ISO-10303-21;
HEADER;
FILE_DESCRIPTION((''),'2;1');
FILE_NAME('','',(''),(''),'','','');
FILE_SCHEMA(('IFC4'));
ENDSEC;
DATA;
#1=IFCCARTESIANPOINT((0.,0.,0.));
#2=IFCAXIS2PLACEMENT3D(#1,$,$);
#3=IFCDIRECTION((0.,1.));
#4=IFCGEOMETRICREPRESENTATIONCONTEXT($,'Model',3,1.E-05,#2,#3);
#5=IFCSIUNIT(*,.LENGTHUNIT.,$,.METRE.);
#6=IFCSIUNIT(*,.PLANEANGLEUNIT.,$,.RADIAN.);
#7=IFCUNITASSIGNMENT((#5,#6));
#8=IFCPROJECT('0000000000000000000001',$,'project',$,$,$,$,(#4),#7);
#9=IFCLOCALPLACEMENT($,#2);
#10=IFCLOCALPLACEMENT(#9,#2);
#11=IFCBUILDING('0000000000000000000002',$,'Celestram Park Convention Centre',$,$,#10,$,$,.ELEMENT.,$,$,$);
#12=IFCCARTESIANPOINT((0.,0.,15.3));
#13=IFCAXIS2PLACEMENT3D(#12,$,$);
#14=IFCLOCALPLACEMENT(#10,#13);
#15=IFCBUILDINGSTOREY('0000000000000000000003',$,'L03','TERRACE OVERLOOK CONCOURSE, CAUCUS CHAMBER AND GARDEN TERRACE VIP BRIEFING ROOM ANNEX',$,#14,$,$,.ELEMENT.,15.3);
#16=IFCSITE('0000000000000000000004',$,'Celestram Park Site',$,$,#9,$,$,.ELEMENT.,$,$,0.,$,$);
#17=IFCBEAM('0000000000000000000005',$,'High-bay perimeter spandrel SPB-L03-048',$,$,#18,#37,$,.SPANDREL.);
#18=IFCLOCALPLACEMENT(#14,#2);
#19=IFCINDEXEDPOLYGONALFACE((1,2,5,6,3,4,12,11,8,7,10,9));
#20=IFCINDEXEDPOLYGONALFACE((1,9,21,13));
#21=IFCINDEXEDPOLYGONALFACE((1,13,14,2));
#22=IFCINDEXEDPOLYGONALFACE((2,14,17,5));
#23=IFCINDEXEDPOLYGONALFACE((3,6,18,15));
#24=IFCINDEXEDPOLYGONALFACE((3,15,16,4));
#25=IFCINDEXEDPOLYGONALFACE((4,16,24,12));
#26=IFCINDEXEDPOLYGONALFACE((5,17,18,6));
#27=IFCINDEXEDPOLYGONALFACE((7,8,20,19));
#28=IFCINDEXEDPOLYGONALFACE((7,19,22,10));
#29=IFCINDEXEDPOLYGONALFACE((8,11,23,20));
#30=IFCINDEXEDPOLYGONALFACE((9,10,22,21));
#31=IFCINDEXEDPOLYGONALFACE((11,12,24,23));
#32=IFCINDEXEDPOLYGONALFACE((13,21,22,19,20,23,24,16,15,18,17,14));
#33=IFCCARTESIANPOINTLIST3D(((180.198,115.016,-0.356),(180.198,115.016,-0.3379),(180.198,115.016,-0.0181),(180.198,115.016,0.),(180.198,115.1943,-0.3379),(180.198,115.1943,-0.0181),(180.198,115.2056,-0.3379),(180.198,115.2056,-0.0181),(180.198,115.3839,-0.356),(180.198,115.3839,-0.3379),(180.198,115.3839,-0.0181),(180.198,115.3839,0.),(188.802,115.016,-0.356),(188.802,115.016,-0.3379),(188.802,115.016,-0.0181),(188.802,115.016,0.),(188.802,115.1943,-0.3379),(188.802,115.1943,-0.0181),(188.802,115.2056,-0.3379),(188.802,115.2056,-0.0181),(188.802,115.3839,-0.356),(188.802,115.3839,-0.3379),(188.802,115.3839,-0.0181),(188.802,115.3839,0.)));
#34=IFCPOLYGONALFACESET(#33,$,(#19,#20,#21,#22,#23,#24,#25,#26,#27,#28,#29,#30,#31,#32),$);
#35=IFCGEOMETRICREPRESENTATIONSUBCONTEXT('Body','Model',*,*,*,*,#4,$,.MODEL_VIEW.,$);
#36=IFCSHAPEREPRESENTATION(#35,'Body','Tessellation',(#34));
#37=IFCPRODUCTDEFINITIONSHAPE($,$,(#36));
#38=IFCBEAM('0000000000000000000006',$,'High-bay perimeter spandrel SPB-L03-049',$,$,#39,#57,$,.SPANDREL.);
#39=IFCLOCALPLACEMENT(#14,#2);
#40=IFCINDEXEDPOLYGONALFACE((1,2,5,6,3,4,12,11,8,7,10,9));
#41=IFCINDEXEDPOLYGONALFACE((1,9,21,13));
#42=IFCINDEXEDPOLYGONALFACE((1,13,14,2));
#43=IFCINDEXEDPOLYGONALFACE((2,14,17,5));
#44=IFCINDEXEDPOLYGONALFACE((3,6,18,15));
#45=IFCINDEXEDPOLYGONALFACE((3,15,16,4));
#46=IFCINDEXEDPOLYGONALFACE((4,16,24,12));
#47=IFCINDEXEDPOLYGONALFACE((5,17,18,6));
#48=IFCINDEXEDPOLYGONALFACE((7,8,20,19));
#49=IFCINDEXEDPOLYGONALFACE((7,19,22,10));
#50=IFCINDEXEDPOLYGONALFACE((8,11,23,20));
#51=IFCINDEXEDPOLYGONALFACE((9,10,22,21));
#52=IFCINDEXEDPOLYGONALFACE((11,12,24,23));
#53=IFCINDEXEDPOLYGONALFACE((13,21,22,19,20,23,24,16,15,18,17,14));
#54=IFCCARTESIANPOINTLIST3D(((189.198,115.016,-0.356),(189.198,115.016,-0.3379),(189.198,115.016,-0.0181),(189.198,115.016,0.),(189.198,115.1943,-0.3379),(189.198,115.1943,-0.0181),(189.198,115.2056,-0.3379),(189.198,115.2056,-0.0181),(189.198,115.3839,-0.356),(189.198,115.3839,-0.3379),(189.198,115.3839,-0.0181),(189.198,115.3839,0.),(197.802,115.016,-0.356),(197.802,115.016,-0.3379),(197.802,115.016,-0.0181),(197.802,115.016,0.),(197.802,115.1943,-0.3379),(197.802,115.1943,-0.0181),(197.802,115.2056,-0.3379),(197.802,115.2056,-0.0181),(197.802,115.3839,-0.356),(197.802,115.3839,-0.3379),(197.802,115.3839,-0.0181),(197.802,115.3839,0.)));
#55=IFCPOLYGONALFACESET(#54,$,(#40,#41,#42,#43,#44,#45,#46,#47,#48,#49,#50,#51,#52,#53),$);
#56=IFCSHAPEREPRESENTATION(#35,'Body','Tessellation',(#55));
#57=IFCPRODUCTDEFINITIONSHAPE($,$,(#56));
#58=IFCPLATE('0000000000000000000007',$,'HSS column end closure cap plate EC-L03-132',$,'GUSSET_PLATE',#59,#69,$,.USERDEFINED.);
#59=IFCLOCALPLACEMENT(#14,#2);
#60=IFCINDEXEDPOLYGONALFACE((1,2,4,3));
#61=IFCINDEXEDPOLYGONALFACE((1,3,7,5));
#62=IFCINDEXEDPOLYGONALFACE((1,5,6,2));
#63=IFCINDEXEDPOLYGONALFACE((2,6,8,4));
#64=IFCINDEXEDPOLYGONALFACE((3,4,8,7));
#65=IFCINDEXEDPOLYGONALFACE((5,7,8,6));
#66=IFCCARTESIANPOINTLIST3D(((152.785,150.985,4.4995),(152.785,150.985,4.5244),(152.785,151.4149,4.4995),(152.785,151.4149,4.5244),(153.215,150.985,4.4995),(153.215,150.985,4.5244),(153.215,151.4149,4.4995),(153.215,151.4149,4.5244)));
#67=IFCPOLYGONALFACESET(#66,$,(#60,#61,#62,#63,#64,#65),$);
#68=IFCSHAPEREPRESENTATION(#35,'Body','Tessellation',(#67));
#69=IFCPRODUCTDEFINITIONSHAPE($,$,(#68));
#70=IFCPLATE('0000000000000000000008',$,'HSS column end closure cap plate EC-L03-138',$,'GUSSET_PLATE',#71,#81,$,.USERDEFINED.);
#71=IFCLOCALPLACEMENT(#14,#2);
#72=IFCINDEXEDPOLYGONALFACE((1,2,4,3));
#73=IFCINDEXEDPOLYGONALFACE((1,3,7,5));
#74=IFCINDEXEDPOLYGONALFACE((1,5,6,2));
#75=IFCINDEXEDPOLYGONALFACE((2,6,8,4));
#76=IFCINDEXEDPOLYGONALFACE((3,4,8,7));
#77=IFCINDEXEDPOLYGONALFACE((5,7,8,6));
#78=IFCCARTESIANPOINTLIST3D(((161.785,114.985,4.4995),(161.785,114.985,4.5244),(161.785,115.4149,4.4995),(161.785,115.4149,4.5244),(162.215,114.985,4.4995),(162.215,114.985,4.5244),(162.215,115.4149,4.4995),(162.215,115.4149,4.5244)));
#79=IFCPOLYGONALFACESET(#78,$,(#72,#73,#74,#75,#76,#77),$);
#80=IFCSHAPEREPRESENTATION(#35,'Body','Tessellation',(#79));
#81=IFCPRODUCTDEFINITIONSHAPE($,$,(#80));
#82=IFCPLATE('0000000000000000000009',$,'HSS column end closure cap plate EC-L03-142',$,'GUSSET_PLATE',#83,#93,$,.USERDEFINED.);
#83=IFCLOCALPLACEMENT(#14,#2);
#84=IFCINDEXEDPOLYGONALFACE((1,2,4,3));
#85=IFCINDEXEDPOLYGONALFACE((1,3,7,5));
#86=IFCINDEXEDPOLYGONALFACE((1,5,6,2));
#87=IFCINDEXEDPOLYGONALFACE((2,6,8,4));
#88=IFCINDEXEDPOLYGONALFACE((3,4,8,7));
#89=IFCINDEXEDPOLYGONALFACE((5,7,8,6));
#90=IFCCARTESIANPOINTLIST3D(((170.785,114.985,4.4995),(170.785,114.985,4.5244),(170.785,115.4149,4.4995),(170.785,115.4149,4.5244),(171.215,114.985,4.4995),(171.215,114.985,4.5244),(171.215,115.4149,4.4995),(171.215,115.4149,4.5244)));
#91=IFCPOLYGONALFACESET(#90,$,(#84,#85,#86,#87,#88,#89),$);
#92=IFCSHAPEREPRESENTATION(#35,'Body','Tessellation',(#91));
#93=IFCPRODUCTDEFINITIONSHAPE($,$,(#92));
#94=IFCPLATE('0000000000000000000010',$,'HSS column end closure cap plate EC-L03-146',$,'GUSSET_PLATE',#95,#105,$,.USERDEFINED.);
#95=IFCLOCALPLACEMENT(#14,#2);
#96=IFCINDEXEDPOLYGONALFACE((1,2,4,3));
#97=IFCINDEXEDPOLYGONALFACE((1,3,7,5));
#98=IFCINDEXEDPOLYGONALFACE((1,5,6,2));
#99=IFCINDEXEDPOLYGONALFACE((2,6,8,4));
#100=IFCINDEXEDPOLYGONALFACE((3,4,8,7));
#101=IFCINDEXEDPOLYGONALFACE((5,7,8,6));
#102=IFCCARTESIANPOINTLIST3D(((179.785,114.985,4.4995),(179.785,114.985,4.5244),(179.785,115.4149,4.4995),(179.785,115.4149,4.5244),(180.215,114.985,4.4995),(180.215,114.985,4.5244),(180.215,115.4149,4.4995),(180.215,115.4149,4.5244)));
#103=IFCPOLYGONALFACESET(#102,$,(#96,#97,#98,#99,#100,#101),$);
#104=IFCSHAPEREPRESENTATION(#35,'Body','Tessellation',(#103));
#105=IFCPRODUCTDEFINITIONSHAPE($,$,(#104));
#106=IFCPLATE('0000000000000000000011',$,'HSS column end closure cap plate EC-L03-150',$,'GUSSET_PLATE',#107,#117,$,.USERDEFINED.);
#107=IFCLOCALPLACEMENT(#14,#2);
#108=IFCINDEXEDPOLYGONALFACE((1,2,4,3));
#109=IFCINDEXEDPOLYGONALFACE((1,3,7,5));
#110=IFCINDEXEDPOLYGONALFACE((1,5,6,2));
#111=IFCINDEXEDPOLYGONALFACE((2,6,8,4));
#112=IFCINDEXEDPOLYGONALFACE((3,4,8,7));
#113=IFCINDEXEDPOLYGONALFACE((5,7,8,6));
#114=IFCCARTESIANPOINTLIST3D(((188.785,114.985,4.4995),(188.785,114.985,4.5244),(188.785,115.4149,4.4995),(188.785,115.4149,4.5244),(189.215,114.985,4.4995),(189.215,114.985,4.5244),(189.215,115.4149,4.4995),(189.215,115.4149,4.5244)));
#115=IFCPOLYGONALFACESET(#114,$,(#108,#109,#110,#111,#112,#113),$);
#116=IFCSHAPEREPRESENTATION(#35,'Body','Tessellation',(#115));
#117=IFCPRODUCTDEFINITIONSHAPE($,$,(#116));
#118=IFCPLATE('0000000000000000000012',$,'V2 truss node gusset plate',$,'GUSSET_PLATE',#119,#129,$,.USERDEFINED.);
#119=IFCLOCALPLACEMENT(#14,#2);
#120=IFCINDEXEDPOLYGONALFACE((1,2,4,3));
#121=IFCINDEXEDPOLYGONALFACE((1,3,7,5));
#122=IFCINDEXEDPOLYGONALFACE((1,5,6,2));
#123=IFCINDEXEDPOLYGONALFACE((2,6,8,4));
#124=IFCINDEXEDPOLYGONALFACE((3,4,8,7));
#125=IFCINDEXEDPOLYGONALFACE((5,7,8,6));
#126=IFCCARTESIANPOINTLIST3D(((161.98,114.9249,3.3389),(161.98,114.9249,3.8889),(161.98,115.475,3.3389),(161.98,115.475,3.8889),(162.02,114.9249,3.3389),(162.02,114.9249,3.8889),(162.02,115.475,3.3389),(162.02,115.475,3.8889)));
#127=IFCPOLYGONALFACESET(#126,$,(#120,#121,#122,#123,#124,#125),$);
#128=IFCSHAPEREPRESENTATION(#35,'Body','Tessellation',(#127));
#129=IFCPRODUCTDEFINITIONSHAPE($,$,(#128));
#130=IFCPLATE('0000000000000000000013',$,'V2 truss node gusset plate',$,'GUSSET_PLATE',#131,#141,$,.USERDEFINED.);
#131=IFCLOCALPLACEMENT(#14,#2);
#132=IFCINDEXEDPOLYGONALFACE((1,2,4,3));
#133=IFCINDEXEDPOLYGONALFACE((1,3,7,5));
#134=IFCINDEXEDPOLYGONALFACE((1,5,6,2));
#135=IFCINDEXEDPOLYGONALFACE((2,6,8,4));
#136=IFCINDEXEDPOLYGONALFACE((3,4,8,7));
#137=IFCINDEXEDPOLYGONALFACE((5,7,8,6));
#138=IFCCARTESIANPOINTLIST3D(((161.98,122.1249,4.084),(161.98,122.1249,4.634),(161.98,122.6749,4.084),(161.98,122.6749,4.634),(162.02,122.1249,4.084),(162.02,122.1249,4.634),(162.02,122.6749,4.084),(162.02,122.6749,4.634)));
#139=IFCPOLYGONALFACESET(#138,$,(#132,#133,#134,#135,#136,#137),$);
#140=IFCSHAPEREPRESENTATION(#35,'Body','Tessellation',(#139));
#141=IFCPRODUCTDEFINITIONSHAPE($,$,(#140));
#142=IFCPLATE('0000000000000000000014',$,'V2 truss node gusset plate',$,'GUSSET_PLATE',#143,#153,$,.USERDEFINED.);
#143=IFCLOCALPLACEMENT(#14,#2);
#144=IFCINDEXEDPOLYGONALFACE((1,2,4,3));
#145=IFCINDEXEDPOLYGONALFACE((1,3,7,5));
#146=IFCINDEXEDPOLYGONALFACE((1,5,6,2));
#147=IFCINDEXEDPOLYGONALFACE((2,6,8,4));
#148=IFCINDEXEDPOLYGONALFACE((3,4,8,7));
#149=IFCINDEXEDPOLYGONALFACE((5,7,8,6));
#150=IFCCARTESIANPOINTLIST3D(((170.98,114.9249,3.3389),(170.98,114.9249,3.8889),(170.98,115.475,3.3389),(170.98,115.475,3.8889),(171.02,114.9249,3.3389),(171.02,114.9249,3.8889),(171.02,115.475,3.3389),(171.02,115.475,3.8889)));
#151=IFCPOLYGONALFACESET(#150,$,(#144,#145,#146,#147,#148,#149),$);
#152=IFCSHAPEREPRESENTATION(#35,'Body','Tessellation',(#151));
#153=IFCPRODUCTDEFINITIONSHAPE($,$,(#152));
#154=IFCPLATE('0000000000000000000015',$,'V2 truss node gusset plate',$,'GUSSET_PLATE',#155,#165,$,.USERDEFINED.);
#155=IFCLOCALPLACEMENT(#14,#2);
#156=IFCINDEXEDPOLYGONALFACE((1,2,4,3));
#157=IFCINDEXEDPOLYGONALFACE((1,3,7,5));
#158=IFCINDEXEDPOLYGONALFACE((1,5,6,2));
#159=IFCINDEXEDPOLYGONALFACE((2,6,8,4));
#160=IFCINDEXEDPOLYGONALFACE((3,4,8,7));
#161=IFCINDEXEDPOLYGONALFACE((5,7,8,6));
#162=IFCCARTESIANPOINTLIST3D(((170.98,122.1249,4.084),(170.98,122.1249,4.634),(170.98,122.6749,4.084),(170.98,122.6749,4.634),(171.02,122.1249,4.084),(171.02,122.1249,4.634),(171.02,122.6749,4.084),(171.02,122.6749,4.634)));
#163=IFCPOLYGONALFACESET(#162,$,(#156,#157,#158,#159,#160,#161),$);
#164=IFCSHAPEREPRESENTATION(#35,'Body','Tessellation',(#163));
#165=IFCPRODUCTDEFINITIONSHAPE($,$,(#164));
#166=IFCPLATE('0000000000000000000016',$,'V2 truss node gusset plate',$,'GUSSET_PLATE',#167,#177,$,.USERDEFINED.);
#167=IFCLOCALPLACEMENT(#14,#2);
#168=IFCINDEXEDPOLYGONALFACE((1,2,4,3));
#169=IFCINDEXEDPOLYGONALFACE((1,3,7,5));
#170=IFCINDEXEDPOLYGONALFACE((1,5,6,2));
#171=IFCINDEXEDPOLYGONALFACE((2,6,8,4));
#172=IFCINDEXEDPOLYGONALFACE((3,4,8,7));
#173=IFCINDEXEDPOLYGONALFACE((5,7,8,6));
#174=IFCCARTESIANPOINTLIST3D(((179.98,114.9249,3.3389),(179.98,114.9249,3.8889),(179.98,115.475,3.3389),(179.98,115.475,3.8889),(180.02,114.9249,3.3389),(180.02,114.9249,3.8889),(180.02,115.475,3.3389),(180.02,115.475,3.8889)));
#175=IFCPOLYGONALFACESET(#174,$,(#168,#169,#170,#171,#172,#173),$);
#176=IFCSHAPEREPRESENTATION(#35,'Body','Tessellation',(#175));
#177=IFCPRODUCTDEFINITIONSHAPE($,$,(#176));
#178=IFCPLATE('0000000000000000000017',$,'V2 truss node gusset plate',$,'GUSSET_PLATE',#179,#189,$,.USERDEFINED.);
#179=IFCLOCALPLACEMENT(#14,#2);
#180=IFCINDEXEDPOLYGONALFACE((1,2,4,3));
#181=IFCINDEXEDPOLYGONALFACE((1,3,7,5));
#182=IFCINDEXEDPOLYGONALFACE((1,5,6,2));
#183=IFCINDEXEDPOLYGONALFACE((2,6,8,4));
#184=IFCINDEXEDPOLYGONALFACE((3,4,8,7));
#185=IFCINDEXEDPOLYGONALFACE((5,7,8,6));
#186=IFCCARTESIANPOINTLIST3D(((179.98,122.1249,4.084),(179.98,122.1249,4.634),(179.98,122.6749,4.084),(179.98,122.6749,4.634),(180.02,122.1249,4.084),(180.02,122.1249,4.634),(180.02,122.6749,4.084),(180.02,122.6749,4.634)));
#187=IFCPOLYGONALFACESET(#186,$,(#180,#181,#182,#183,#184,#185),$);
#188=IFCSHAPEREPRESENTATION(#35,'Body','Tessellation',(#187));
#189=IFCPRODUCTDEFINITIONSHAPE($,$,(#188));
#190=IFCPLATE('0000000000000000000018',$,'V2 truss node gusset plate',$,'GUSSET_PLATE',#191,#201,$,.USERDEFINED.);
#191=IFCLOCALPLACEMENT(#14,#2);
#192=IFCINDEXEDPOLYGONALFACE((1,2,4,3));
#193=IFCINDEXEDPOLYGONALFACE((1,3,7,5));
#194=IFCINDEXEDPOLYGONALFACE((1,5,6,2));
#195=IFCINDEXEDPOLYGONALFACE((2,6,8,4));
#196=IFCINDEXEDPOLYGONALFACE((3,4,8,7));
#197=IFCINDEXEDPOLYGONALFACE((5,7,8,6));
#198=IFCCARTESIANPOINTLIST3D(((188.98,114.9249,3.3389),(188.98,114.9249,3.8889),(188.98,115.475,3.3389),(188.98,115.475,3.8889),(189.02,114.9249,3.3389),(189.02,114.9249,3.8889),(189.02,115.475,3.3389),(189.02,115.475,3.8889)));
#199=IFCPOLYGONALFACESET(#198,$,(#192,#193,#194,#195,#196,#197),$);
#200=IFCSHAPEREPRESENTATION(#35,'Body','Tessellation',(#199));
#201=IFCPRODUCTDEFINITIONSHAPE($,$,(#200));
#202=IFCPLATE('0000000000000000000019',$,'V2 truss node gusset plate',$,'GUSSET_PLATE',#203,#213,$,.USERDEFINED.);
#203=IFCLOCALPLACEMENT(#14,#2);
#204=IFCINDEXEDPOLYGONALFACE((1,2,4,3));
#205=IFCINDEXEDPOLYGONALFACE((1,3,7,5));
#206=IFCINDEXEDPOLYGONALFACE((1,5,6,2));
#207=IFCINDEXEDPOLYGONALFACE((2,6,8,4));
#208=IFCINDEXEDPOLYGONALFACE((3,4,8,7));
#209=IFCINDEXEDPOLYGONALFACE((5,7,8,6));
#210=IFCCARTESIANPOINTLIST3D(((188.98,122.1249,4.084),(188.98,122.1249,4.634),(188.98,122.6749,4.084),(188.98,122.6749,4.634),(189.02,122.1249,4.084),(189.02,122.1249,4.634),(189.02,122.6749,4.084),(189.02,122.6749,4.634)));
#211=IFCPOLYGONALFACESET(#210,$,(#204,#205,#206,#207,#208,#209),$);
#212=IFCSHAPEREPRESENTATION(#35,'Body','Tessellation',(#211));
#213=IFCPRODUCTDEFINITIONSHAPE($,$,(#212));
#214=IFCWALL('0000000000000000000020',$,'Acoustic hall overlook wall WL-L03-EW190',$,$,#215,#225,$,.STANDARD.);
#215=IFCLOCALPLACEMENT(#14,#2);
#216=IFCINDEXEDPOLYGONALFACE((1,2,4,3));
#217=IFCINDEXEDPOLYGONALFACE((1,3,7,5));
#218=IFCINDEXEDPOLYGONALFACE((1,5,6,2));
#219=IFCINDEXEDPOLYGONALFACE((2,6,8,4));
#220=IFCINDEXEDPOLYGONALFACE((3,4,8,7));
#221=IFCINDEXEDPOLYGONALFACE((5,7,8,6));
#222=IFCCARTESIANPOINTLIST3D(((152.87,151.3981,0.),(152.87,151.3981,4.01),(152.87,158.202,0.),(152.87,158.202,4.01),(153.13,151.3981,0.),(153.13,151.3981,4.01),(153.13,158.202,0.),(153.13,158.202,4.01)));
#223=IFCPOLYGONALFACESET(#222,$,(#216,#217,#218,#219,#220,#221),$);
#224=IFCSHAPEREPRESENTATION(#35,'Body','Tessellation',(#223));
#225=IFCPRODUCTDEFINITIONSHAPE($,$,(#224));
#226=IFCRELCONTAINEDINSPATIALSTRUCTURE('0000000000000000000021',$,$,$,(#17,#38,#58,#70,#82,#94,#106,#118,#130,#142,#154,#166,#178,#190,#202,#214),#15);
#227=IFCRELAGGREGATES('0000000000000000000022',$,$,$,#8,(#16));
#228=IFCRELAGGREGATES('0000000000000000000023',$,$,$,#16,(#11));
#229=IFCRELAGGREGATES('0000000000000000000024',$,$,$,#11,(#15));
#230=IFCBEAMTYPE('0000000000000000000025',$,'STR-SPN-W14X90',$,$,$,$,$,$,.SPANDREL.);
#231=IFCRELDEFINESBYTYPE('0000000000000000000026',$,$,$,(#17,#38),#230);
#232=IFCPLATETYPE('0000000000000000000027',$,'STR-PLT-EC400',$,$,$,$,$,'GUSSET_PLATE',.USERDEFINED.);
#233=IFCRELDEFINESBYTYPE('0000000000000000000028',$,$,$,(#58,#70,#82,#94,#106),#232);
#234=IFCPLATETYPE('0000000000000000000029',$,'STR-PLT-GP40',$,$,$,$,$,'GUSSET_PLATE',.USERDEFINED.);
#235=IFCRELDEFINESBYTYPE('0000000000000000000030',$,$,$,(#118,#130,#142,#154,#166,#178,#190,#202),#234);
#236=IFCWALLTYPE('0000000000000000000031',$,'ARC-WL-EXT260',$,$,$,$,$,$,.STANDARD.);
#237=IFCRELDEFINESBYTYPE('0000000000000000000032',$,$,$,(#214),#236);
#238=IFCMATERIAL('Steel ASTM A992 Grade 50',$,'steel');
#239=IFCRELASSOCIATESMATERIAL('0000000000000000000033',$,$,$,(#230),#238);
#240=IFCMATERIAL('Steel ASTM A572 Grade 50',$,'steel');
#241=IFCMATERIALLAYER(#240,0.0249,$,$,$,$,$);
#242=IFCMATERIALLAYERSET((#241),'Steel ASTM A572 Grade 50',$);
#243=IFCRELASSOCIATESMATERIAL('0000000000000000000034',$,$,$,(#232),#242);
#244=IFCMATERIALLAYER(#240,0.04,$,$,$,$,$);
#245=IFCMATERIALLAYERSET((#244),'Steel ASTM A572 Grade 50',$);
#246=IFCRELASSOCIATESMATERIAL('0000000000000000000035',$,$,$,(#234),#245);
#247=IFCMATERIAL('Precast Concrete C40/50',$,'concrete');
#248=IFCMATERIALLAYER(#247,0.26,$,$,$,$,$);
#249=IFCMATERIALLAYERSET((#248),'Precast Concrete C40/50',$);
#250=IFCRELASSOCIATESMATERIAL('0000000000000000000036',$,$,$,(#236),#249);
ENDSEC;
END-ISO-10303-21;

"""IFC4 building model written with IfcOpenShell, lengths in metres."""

from ifc_helpers import new_model, si_unit, direction, frame, frame_2d, origin, origin_2d, place, context, subcontext, project, spatial, rectangle, i_section, extrude, material, layer, layer_set, material_profile, profile_set, type_object, element, save


model = new_model("IFC4")

# Units and contexts
model_context = context("Model", 3, precision=1e-05, world=origin(), true_north=direction((0.0, 1.0)))
body_context = subcontext(model_context, "Body", "Model", "MODEL_VIEW")
ifc_project = project(units=[si_unit("LENGTHUNIT", "METRE"), si_unit("PLANEANGLEUNIT", "RADIAN")], contexts=[model_context])

# Site, building, storey
site_placement = place(None, origin())
site = spatial("IfcSite", under=ifc_project, at=site_placement, Name="Celestram Park Site", CompositionType="ELEMENT", RefElevation=0.0)
building_placement = place(site_placement, origin())
building = spatial("IfcBuilding", under=site, at=building_placement, Name="Celestram Park Convention Centre", CompositionType="ELEMENT")
storey_placement = place(building_placement, frame((0.0, 0.0, 15.3)))
storey = spatial("IfcBuildingStorey", under=building, at=storey_placement, Name="L03", Description="TERRACE OVERLOOK CONCOURSE, CAUCUS CHAMBER AND GARDEN TERRACE VIP BRIEFING ROOM ANNEX", CompositionType="ELEMENT", Elevation=15.3)

# Shared definitions
ifc_material_1 = material(Name="Steel ASTM A992 Grade 50", Category="steel")

# Beams
ifc_material_profile_1 = material_profile(ifc_material_1, i_section(OverallWidth=0.3679, OverallDepth=0.356, WebThickness=0.0112, FlangeThickness=0.0181, at=origin_2d()), Name="W14X90")
ifc_profile_set_1 = profile_set([ifc_material_profile_1], Name="Steel ASTM A992 Grade 50")
beam_type_1 = type_object("IfcBeamType", Name="STR-SPN-W14X90", PredefinedType="SPANDREL", material=ifc_profile_set_1)
for number, where, z_axis, x_axis, name in (
    (1, (180.198, 115.2, -0.178), (1.0, 0.0, 0.0), (0.0, 1.0, 0.0), "High-bay perimeter spandrel SPB-L03-048"),
    (2, (189.198, 115.2, -0.178), (1.0, 0.0, 0.0), (0.0, 1.0, 0.0), "High-bay perimeter spandrel SPB-L03-049"),
):
    element("IfcBeam", number, at=place(storey_placement, frame(where, z_axis=z_axis, x_axis=x_axis)), inside=storey, type_object=beam_type_1, Name=name, PredefinedType="SPANDREL", context=body_context, shape_type="SweptSolid", body=[
        extrude(i_section(OverallWidth=0.3679, OverallDepth=0.356, WebThickness=0.0112, FlangeThickness=0.0181, at=origin_2d()), origin(), (0.0, 0.0, 1.0), 8.604),
    ])

# Plates
ifc_material_2 = material(Name="Steel ASTM A572 Grade 50", Category="steel")
ifc_layer_1 = layer(ifc_material_2, 0.0249)
ifc_layer_set_1 = layer_set([ifc_layer_1], Name="Steel ASTM A572 Grade 50")
plate_type_1 = type_object("IfcPlateType", Name="STR-PLT-EC400", ElementType="GUSSET_PLATE", PredefinedType="USERDEFINED", material=ifc_layer_set_1)
for number, where, z_axis, x_axis, name in (
    (3, (153.0, 151.2, 4.4995), (0.0, 0.0, 1.0), (1.0, 0.0, 0.0), "HSS column end closure cap plate EC-L03-132"),
    (4, (162.0, 115.2, 4.4995), (0.0, 0.0, 1.0), (1.0, 0.0, 0.0), "HSS column end closure cap plate EC-L03-138"),
    (5, (171.0, 115.2, 4.4995), (0.0, 0.0, 1.0), (1.0, 0.0, 0.0), "HSS column end closure cap plate EC-L03-142"),
    (6, (180.0, 115.2, 4.4995), (0.0, 0.0, 1.0), (1.0, 0.0, 0.0), "HSS column end closure cap plate EC-L03-146"),
    (7, (189.0, 115.2, 4.4995), (0.0, 0.0, 1.0), (1.0, 0.0, 0.0), "HSS column end closure cap plate EC-L03-150"),
):
    element("IfcPlate", number, at=place(storey_placement, frame(where, z_axis=z_axis, x_axis=x_axis)), inside=storey, type_object=plate_type_1, Name=name, ObjectType="GUSSET_PLATE", PredefinedType="USERDEFINED", context=body_context, shape_type="SweptSolid", body=[
        extrude(rectangle(XDim=0.4299, YDim=0.4299, at=origin_2d()), origin(), (0.0, 0.0, 1.0), 0.0249),
    ])
ifc_layer_2 = layer(ifc_material_2, 0.04)
ifc_layer_set_2 = layer_set([ifc_layer_2], Name="Steel ASTM A572 Grade 50")
plate_type_2 = type_object("IfcPlateType", Name="STR-PLT-GP40", ElementType="GUSSET_PLATE", PredefinedType="USERDEFINED", material=ifc_layer_set_2)
for number, where, z_axis, x_axis, name in (
    (8, (162.0, 115.2, 3.3389), (0.0, 0.0, 1.0), (0.0, 1.0, 0.0), "V2 truss node gusset plate"),
    (9, (162.0, 122.3999, 4.084), (0.0, 0.0, 1.0), (0.0, 1.0, 0.0), "V2 truss node gusset plate"),
    (10, (171.0, 115.2, 3.3389), (0.0, 0.0, 1.0), (0.0, 1.0, 0.0), "V2 truss node gusset plate"),
    (11, (171.0, 122.3999, 4.084), (0.0, 0.0, 1.0), (0.0, 1.0, 0.0), "V2 truss node gusset plate"),
    (12, (180.0, 115.2, 3.3389), (0.0, 0.0, 1.0), (0.0, 1.0, 0.0), "V2 truss node gusset plate"),
    (13, (180.0, 122.3999, 4.084), (0.0, 0.0, 1.0), (0.0, 1.0, 0.0), "V2 truss node gusset plate"),
    (14, (189.0, 115.2, 3.3389), (0.0, 0.0, 1.0), (0.0, 1.0, 0.0), "V2 truss node gusset plate"),
    (15, (189.0, 122.3999, 4.084), (0.0, 0.0, 1.0), (0.0, 1.0, 0.0), "V2 truss node gusset plate"),
):
    element("IfcPlate", number, at=place(storey_placement, frame(where, z_axis=z_axis, x_axis=x_axis)), inside=storey, type_object=plate_type_2, Name=name, ObjectType="GUSSET_PLATE", PredefinedType="USERDEFINED", context=body_context, shape_type="SweptSolid", body=[
        extrude(rectangle(XDim=0.55, YDim=0.04, at=origin_2d()), origin(), (0.0, 0.0, 1.0), 0.55),
    ])

# Wall
ifc_material_3 = material(Name="Precast Concrete C40/50", Category="concrete")
ifc_layer_3 = layer(ifc_material_3, 0.26)
ifc_layer_set_3 = layer_set([ifc_layer_3], Name="Precast Concrete C40/50")
wall_type = type_object("IfcWallType", Name="ARC-WL-EXT260", PredefinedType="STANDARD", material=ifc_layer_set_3)
wall_placement = place(storey_placement, frame((153.0, 158.2019, 0.0), z_axis=(0.0, 0.0, 1.0), x_axis=(0.0, -1.0, 0.0)))
element("IfcWall", 16, at=wall_placement, inside=storey, type_object=wall_type, Name="Acoustic hall overlook wall WL-L03-EW190", PredefinedType="STANDARD", context=body_context, shape_type="SweptSolid", body=[
    extrude(rectangle(XDim=6.804, YDim=0.26, at=frame_2d((3.4019, 0.0))), origin(), (0.0, 0.0, 1.0), 4.01),
])

save(model, "model.ifc")
